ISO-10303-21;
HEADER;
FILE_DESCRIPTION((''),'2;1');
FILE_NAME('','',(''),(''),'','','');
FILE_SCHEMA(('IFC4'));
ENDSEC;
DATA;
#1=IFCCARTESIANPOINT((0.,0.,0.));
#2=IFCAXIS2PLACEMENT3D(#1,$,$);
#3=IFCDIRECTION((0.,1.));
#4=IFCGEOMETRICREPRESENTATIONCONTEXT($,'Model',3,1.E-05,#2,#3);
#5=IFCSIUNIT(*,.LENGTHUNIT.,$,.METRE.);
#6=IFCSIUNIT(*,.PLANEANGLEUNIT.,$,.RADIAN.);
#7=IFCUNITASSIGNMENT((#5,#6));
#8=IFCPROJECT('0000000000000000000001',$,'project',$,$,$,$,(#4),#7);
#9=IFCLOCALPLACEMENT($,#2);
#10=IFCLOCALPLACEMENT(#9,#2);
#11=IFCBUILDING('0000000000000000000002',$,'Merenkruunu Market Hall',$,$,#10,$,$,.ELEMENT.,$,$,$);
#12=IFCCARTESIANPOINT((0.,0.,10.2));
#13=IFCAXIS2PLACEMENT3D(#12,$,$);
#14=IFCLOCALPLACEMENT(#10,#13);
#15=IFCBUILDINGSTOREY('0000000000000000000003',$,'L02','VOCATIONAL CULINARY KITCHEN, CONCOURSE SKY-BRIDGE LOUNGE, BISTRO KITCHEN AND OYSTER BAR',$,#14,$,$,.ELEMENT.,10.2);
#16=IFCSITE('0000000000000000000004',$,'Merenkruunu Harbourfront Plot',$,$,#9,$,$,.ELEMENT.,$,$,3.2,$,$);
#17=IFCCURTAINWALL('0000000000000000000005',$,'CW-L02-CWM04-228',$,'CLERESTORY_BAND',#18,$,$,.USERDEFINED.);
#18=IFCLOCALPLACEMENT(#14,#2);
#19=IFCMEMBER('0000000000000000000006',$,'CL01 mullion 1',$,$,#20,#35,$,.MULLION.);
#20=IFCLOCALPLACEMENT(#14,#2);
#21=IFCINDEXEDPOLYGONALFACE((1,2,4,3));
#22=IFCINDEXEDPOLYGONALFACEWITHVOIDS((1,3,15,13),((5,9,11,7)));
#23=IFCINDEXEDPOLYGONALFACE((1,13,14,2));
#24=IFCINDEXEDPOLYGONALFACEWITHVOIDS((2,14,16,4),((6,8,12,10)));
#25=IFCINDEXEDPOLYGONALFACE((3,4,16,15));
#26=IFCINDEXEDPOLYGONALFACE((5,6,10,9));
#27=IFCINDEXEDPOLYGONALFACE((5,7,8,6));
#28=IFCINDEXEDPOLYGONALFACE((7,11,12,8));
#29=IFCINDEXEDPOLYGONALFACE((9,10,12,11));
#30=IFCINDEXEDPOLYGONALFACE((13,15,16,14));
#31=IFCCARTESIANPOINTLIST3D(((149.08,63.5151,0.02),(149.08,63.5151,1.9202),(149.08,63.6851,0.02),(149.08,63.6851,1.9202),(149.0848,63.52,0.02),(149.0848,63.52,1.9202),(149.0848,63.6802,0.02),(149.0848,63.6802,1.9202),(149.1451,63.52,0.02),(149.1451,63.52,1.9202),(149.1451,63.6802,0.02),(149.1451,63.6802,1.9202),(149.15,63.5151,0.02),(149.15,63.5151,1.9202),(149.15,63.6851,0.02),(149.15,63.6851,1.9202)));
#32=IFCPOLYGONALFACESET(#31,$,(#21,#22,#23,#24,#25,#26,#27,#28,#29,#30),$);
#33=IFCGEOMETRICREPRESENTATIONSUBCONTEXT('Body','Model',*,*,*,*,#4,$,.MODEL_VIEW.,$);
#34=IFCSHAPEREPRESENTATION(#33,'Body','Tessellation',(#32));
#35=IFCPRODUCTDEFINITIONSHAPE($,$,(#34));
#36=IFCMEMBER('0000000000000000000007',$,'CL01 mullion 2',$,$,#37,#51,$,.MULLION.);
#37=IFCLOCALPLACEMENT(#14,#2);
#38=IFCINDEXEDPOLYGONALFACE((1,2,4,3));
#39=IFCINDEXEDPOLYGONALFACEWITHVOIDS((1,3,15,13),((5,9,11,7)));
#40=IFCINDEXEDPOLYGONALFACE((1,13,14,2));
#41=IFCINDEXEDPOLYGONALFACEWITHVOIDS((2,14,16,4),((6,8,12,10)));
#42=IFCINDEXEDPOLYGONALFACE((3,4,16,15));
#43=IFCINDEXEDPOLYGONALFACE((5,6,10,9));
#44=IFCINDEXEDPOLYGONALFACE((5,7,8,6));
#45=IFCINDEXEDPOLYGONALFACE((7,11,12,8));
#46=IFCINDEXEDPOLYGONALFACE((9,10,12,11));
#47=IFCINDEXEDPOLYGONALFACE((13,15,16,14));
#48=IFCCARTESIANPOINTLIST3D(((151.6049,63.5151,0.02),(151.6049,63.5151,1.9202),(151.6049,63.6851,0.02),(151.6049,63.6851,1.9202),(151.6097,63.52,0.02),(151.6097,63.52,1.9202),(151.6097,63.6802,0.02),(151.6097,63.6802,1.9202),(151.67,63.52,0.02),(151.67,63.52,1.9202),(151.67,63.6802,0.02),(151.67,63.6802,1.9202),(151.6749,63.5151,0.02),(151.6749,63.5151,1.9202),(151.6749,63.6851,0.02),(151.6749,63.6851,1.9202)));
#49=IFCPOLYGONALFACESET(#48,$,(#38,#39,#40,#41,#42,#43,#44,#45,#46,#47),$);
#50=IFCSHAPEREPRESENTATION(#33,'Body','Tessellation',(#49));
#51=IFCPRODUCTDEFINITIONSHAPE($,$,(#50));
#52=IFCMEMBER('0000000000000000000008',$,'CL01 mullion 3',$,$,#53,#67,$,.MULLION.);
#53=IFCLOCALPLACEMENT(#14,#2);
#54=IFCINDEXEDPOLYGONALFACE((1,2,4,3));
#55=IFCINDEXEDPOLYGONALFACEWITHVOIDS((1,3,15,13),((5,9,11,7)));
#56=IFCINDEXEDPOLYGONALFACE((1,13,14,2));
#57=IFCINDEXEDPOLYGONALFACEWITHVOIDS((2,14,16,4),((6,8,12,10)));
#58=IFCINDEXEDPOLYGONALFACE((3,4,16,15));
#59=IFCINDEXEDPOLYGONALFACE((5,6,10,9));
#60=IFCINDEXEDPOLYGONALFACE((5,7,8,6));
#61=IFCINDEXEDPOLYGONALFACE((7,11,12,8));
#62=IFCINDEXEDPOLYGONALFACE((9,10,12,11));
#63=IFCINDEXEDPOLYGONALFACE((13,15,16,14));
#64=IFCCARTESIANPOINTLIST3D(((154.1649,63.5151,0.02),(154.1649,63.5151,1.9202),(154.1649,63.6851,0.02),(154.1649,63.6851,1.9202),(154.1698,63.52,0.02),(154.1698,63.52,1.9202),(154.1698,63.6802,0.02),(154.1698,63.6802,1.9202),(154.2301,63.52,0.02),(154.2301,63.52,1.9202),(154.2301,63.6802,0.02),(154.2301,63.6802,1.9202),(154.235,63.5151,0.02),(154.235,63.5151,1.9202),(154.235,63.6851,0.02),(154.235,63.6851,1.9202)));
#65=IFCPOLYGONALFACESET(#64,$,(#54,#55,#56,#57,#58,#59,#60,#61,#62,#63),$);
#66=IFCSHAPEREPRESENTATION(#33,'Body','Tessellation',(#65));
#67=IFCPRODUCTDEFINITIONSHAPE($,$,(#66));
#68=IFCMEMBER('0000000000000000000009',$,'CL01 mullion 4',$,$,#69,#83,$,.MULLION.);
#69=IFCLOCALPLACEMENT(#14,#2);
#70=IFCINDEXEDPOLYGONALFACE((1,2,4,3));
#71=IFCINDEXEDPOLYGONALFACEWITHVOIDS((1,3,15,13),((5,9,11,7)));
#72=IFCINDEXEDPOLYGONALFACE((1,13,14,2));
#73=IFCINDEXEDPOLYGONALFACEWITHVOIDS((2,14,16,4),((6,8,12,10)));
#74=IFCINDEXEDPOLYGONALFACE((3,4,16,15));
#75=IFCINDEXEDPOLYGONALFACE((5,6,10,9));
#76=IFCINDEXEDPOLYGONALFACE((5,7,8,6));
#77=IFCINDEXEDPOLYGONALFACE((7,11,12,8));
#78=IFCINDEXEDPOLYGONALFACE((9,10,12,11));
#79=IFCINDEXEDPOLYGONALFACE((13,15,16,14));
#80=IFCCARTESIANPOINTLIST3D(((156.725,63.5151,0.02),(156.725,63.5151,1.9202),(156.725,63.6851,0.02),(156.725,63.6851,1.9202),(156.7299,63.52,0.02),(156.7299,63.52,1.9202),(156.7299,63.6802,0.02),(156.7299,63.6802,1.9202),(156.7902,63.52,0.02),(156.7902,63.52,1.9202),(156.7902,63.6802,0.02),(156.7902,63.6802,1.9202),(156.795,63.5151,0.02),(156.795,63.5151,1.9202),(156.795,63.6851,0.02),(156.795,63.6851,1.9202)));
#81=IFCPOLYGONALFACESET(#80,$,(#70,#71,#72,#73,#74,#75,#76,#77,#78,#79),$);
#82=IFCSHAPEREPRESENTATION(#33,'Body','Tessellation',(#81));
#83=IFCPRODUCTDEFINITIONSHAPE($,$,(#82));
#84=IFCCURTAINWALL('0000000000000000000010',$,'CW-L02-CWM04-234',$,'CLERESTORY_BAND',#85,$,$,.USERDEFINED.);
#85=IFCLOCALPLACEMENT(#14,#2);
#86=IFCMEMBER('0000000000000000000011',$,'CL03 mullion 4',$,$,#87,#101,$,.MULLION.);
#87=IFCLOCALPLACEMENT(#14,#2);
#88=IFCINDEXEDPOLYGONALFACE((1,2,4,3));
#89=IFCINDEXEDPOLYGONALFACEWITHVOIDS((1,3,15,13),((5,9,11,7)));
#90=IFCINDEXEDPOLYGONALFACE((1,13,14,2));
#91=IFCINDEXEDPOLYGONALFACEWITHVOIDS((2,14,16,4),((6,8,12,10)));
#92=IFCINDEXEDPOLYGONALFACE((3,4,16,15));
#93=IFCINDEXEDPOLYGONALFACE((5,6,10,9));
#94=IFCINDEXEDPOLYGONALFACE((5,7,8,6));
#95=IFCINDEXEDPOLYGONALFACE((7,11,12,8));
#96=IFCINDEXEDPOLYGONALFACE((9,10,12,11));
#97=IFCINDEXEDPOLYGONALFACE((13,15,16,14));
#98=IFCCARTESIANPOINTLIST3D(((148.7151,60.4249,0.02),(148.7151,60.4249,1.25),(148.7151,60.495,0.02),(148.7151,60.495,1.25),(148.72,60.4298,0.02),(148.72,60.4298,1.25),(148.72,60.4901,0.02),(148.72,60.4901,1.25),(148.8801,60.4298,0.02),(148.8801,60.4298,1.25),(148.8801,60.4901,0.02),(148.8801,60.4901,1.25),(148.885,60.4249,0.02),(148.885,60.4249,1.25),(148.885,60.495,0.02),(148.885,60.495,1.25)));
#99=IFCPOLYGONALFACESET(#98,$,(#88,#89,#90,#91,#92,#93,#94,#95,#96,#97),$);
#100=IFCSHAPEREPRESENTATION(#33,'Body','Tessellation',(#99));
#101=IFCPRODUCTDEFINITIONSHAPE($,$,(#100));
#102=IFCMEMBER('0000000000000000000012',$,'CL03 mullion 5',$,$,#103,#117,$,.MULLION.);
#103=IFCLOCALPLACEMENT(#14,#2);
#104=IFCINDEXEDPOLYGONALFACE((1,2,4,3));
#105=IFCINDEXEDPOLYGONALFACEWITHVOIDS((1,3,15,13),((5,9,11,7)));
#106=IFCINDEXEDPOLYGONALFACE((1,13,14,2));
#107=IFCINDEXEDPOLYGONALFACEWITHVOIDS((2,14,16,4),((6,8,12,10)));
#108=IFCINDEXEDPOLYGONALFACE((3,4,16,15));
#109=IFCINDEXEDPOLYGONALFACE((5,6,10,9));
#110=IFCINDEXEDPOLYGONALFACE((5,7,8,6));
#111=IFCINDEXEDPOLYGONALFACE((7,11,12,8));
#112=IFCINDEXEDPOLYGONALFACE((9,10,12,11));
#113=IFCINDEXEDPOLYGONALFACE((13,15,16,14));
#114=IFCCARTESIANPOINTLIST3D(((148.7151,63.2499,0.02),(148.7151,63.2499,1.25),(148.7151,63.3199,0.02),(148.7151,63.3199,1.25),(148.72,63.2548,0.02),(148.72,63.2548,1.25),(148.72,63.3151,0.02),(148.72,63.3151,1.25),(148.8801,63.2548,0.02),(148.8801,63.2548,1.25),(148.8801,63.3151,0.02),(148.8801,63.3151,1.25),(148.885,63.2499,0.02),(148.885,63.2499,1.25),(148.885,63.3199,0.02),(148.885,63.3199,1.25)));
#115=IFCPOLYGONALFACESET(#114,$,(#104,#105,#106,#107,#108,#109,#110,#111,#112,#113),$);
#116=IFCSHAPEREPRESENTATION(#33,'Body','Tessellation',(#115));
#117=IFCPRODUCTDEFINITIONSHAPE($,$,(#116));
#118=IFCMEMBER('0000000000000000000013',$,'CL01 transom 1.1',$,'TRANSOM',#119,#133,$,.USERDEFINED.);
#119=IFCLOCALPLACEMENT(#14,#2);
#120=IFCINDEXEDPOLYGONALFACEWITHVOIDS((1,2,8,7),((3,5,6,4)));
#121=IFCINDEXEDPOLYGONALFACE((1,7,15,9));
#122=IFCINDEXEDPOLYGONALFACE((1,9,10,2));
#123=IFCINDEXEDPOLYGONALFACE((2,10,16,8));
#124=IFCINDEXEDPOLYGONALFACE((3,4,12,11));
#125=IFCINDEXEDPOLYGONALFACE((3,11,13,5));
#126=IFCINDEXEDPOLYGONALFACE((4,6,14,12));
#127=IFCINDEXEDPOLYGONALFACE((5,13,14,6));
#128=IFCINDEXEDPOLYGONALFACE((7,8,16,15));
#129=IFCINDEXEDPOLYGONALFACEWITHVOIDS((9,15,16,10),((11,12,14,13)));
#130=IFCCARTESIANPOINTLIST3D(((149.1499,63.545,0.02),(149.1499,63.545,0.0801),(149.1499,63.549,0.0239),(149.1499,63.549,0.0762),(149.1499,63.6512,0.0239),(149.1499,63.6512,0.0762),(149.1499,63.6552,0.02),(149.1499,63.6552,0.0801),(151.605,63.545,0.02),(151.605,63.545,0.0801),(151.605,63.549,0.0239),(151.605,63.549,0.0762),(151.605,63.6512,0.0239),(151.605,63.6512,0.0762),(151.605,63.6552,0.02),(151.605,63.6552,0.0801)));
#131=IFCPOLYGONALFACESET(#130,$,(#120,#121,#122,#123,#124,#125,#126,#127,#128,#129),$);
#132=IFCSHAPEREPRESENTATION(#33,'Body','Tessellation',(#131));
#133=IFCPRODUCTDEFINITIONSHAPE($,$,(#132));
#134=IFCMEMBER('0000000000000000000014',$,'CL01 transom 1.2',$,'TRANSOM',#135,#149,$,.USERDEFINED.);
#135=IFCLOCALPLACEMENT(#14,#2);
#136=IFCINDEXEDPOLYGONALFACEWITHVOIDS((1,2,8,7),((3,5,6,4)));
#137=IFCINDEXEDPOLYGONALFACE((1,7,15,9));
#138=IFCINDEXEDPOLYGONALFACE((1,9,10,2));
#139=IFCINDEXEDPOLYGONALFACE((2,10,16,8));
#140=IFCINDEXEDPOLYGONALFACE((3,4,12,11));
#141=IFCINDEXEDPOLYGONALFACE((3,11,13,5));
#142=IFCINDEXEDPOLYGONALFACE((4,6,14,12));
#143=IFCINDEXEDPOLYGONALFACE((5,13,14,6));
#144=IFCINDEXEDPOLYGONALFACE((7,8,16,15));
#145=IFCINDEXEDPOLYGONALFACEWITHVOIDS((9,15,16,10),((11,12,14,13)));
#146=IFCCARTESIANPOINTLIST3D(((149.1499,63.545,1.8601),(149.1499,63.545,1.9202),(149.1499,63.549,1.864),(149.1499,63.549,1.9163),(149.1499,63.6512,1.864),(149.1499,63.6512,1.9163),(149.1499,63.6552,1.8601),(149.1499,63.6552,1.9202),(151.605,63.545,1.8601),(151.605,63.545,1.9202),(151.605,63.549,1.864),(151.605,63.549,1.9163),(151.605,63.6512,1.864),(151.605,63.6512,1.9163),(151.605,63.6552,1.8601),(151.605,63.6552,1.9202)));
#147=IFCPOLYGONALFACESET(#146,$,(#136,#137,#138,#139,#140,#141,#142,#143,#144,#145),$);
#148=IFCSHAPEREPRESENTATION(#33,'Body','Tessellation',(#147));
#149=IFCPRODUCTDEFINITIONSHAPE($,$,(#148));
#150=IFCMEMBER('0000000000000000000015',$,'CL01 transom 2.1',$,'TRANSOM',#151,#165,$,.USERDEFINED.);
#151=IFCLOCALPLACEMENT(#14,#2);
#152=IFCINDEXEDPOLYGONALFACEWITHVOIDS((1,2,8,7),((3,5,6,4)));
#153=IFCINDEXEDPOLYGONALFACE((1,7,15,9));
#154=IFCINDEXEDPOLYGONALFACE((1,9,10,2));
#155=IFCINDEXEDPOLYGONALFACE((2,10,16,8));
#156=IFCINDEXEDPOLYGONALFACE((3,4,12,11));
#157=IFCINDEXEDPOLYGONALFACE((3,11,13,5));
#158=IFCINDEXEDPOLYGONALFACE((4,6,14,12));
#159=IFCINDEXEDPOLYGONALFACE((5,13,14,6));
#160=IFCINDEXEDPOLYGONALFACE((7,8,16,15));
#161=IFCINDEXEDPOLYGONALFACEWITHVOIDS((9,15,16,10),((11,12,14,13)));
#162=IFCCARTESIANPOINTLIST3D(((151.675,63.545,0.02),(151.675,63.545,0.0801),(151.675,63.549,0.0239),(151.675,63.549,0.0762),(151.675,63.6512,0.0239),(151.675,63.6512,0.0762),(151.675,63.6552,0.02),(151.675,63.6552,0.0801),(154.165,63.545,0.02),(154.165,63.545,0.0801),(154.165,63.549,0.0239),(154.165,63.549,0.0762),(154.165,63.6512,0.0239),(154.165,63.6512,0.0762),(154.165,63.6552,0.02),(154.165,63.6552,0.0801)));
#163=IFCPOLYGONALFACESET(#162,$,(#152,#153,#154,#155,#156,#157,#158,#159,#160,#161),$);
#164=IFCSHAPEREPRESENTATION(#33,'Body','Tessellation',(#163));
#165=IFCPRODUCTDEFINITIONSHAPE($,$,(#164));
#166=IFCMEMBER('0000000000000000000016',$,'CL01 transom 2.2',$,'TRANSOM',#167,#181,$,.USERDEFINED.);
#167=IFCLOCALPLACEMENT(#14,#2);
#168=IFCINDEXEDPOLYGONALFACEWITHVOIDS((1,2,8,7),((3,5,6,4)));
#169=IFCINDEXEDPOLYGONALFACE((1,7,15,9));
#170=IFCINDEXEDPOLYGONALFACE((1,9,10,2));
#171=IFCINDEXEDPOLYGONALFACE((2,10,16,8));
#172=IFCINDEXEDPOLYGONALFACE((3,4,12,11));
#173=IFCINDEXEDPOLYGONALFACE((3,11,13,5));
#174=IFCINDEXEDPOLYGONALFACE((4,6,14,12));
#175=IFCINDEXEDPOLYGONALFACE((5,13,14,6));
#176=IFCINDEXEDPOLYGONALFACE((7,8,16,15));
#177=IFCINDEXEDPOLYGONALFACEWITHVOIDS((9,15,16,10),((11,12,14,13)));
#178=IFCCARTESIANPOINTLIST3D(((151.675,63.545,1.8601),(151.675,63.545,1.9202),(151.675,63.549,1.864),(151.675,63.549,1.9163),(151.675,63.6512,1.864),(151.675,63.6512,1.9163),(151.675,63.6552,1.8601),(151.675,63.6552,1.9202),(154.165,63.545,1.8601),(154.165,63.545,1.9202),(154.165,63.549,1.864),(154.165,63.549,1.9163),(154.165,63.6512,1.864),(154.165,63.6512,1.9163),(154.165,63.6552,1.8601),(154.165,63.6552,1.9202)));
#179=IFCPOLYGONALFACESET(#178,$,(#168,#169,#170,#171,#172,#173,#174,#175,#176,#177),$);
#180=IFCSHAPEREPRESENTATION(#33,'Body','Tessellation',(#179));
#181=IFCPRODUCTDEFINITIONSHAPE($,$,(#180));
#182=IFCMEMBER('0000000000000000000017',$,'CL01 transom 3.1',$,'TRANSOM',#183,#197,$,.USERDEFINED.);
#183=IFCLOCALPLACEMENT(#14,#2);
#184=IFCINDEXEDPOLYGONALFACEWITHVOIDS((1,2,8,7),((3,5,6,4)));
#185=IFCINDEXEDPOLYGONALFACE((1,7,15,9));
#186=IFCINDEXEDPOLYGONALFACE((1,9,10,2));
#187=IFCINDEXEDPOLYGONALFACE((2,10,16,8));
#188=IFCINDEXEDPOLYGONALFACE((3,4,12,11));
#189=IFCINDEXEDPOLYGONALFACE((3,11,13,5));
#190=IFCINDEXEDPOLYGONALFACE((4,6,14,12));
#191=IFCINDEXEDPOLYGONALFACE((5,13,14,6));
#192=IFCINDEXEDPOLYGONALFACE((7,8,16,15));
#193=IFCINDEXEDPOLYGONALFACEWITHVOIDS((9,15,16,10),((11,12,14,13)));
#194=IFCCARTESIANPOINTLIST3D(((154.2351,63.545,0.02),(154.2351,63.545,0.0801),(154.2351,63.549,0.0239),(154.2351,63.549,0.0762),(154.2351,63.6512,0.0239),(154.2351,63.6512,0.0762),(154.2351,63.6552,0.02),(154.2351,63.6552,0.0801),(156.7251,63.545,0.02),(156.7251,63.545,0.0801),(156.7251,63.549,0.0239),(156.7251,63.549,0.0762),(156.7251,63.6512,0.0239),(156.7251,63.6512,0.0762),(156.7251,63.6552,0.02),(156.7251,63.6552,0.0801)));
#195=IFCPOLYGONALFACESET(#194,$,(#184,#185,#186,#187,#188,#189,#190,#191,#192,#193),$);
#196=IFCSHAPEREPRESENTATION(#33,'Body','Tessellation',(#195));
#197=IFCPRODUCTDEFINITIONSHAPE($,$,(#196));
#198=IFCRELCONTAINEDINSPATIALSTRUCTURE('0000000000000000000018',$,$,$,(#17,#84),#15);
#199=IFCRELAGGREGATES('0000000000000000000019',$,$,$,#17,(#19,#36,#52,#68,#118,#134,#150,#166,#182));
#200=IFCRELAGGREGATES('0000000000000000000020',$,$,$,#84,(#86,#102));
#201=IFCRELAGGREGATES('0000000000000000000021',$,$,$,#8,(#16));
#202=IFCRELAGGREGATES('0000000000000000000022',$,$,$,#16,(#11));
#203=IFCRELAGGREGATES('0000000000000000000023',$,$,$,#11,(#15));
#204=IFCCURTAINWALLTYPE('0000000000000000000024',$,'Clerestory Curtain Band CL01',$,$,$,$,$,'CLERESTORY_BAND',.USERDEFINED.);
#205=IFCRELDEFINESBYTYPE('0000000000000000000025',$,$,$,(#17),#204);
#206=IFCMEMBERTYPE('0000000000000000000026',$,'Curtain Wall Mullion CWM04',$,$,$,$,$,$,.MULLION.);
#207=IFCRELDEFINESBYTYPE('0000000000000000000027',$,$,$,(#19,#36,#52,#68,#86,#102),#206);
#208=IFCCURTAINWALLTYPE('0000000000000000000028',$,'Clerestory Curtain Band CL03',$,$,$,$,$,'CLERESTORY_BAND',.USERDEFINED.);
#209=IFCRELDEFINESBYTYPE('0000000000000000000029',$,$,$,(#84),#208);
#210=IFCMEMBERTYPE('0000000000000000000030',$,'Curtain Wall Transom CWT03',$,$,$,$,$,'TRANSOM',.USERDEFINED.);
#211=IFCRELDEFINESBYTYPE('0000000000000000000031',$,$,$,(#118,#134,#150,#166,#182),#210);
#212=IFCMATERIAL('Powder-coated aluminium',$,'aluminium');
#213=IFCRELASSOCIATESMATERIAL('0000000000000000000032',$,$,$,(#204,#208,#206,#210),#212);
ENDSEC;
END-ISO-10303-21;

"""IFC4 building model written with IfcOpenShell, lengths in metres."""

from ifc_helpers import new_model, si_unit, direction, frame, origin, origin_2d, place, context, subcontext, project, spatial, hollow_rectangle, extrude, material, material_profile, profile_set, type_object, element, aggregate, save


model = new_model("IFC4")

# Units and contexts
model_context = context("Model", 3, precision=1e-05, world=origin(), true_north=direction((0.0, 1.0)))
body_context = subcontext(model_context, "Body", "Model", "MODEL_VIEW")
ifc_project = project(units=[si_unit("LENGTHUNIT", "METRE"), si_unit("PLANEANGLEUNIT", "RADIAN")], contexts=[model_context])

# Site, building, storey
site_placement = place(None, origin())
site = spatial("IfcSite", under=ifc_project, at=site_placement, Name="Merenkruunu Harbourfront Plot", CompositionType="ELEMENT", RefElevation=3.2)
building_placement = place(site_placement, origin())
building = spatial("IfcBuilding", under=site, at=building_placement, Name="Merenkruunu Market Hall", CompositionType="ELEMENT")
storey_placement = place(building_placement, frame((0.0, 0.0, 10.2)))
storey = spatial("IfcBuildingStorey", under=building, at=storey_placement, Name="L02", Description="VOCATIONAL CULINARY KITCHEN, CONCOURSE SKY-BRIDGE LOUNGE, BISTRO KITCHEN AND OYSTER BAR", CompositionType="ELEMENT", Elevation=10.2)

# Curtain walls, members
ifc_material_1 = material(Name="Powder-coated aluminium", Category="aluminium")
curtain_wall_type_1 = type_object("IfcCurtainWallType", Name="Clerestory Curtain Band CL01", ElementType="CLERESTORY_BAND", PredefinedType="USERDEFINED", material=ifc_material_1)
curtain_wall_1_placement = place(storey_placement, origin())
curtain_wall_1 = element("IfcCurtainWall", 1, at=curtain_wall_1_placement, inside=storey, type_object=curtain_wall_type_1, Name="CW-L02-CWM04-228", ObjectType="CLERESTORY_BAND", PredefinedType="USERDEFINED")
ifc_material_profile_1 = material_profile(ifc_material_1, hollow_rectangle(XDim=0.0701, YDim=0.1699, WallThickness=0.0049, at=origin_2d()), Name="ALU 70x170x5")
ifc_profile_set_1 = profile_set([ifc_material_profile_1], Name="Powder-coated aluminium")
member_type_1 = type_object("IfcMemberType", Name="Curtain Wall Mullion CWM04", PredefinedType="MULLION", material=ifc_profile_set_1)
member_1_placement = place(storey_placement, frame((149.115, 63.6001, 0.02), z_axis=(0.0, 0.0, 1.0), x_axis=(1.0, 0.0, 0.0)))
member_1 = element("IfcMember", 2, at=member_1_placement, type_object=member_type_1, Name="CL01 mullion 1", PredefinedType="MULLION", context=body_context, shape_type="SweptSolid", body=[
    extrude(hollow_rectangle(XDim=0.0701, YDim=0.1699, WallThickness=0.0049, at=origin_2d()), origin(), (0.0, 0.0, 1.0), 1.9001),
])
member_2_placement = place(storey_placement, frame((151.6399, 63.6001, 0.02), z_axis=(0.0, 0.0, 1.0), x_axis=(1.0, 0.0, 0.0)))
member_2 = element("IfcMember", 3, at=member_2_placement, type_object=member_type_1, Name="CL01 mullion 2", PredefinedType="MULLION", context=body_context, shape_type="SweptSolid", body=[
    extrude(hollow_rectangle(XDim=0.0701, YDim=0.1699, WallThickness=0.0049, at=origin_2d()), origin(), (0.0, 0.0, 1.0), 1.9001),
])
member_3_placement = place(storey_placement, frame((154.2, 63.6001, 0.02), z_axis=(0.0, 0.0, 1.0), x_axis=(1.0, 0.0, 0.0)))
member_3 = element("IfcMember", 4, at=member_3_placement, type_object=member_type_1, Name="CL01 mullion 3", PredefinedType="MULLION", context=body_context, shape_type="SweptSolid", body=[
    extrude(hollow_rectangle(XDim=0.0701, YDim=0.1699, WallThickness=0.0049, at=origin_2d()), origin(), (0.0, 0.0, 1.0), 1.9001),
])
member_4_placement = place(storey_placement, frame((156.76, 63.6001, 0.02), z_axis=(0.0, 0.0, 1.0), x_axis=(1.0, 0.0, 0.0)))
member_4 = element("IfcMember", 5, at=member_4_placement, type_object=member_type_1, Name="CL01 mullion 4", PredefinedType="MULLION", context=body_context, shape_type="SweptSolid", body=[
    extrude(hollow_rectangle(XDim=0.0701, YDim=0.1699, WallThickness=0.0049, at=origin_2d()), origin(), (0.0, 0.0, 1.0), 1.9001),
])
curtain_wall_type_2 = type_object("IfcCurtainWallType", Name="Clerestory Curtain Band CL03", ElementType="CLERESTORY_BAND", PredefinedType="USERDEFINED", material=ifc_material_1)
curtain_wall_2_placement = place(storey_placement, origin())
curtain_wall_2 = element("IfcCurtainWall", 6, at=curtain_wall_2_placement, inside=storey, type_object=curtain_wall_type_2, Name="CW-L02-CWM04-234", ObjectType="CLERESTORY_BAND", PredefinedType="USERDEFINED")
member_5_placement = place(storey_placement, frame((148.8, 60.46, 0.02), z_axis=(0.0, 0.0, 1.0), x_axis=(0.0, 1.0, 0.0)))
member_5 = element("IfcMember", 7, at=member_5_placement, type_object=member_type_1, Name="CL03 mullion 4", PredefinedType="MULLION", context=body_context, shape_type="SweptSolid", body=[
    extrude(hollow_rectangle(XDim=0.0701, YDim=0.1699, WallThickness=0.0049, at=origin_2d()), origin(), (0.0, 0.0, 1.0), 1.23),
])
member_6_placement = place(storey_placement, frame((148.8, 63.2849, 0.02), z_axis=(0.0, 0.0, 1.0), x_axis=(0.0, 1.0, 0.0)))
member_6 = element("IfcMember", 8, at=member_6_placement, type_object=member_type_1, Name="CL03 mullion 5", PredefinedType="MULLION", context=body_context, shape_type="SweptSolid", body=[
    extrude(hollow_rectangle(XDim=0.0701, YDim=0.1699, WallThickness=0.0049, at=origin_2d()), origin(), (0.0, 0.0, 1.0), 1.23),
])

# Members
ifc_material_profile_2 = material_profile(ifc_material_1, hollow_rectangle(XDim=0.0601, YDim=0.1101, WallThickness=0.0039, at=origin_2d()), Name="ALU 60x110x4")
ifc_profile_set_2 = profile_set([ifc_material_profile_2], Name="Powder-coated aluminium")
member_type_2 = type_object("IfcMemberType", Name="Curtain Wall Transom CWT03", ElementType="TRANSOM", PredefinedType="USERDEFINED", material=ifc_profile_set_2)
member_7_placement = place(storey_placement, frame((149.1499, 63.6001, 0.05), z_axis=(1.0, 0.0, 0.0), x_axis=(0.0, 0.0, 1.0)))
member_7 = element("IfcMember", 9, at=member_7_placement, type_object=member_type_2, Name="CL01 transom 1.1", ObjectType="TRANSOM", PredefinedType="USERDEFINED", context=body_context, shape_type="SweptSolid", body=[
    extrude(hollow_rectangle(XDim=0.0601, YDim=0.1101, WallThickness=0.0039, at=origin_2d()), origin(), (0.0, 0.0, 1.0), 2.4551),
])
member_8_placement = place(storey_placement, frame((149.1499, 63.6001, 1.8901), z_axis=(1.0, 0.0, 0.0), x_axis=(0.0, 0.0, 1.0)))
member_8 = element("IfcMember", 10, at=member_8_placement, type_object=member_type_2, Name="CL01 transom 1.2", ObjectType="TRANSOM", PredefinedType="USERDEFINED", context=body_context, shape_type="SweptSolid", body=[
    extrude(hollow_rectangle(XDim=0.0601, YDim=0.1101, WallThickness=0.0039, at=origin_2d()), origin(), (0.0, 0.0, 1.0), 2.4551),
])
member_9_placement = place(storey_placement, frame((151.675, 63.6001, 0.05), z_axis=(1.0, 0.0, 0.0), x_axis=(0.0, 0.0, 1.0)))
member_9 = element("IfcMember", 11, at=member_9_placement, type_object=member_type_2, Name="CL01 transom 2.1", ObjectType="TRANSOM", PredefinedType="USERDEFINED", context=body_context, shape_type="SweptSolid", body=[
    extrude(hollow_rectangle(XDim=0.0601, YDim=0.1101, WallThickness=0.0039, at=origin_2d()), origin(), (0.0, 0.0, 1.0), 2.49),
])
member_10_placement = place(storey_placement, frame((151.675, 63.6001, 1.8901), z_axis=(1.0, 0.0, 0.0), x_axis=(0.0, 0.0, 1.0)))
member_10 = element("IfcMember", 12, at=member_10_placement, type_object=member_type_2, Name="CL01 transom 2.2", ObjectType="TRANSOM", PredefinedType="USERDEFINED", context=body_context, shape_type="SweptSolid", body=[
    extrude(hollow_rectangle(XDim=0.0601, YDim=0.1101, WallThickness=0.0039, at=origin_2d()), origin(), (0.0, 0.0, 1.0), 2.49),
])
member_11_placement = place(storey_placement, frame((154.2351, 63.6001, 0.05), z_axis=(1.0, 0.0, 0.0), x_axis=(0.0, 0.0, 1.0)))
member_11 = element("IfcMember", 13, at=member_11_placement, type_object=member_type_2, Name="CL01 transom 3.1", ObjectType="TRANSOM", PredefinedType="USERDEFINED", context=body_context, shape_type="SweptSolid", body=[
    extrude(hollow_rectangle(XDim=0.0601, YDim=0.1101, WallThickness=0.0039, at=origin_2d()), origin(), (0.0, 0.0, 1.0), 2.49),
])

aggregate(curtain_wall_1, [member_1, member_2, member_3, member_4, member_7, member_8, member_9, member_10, member_11])
aggregate(curtain_wall_2, [member_5, member_6])

save(model, "model.ifc")
